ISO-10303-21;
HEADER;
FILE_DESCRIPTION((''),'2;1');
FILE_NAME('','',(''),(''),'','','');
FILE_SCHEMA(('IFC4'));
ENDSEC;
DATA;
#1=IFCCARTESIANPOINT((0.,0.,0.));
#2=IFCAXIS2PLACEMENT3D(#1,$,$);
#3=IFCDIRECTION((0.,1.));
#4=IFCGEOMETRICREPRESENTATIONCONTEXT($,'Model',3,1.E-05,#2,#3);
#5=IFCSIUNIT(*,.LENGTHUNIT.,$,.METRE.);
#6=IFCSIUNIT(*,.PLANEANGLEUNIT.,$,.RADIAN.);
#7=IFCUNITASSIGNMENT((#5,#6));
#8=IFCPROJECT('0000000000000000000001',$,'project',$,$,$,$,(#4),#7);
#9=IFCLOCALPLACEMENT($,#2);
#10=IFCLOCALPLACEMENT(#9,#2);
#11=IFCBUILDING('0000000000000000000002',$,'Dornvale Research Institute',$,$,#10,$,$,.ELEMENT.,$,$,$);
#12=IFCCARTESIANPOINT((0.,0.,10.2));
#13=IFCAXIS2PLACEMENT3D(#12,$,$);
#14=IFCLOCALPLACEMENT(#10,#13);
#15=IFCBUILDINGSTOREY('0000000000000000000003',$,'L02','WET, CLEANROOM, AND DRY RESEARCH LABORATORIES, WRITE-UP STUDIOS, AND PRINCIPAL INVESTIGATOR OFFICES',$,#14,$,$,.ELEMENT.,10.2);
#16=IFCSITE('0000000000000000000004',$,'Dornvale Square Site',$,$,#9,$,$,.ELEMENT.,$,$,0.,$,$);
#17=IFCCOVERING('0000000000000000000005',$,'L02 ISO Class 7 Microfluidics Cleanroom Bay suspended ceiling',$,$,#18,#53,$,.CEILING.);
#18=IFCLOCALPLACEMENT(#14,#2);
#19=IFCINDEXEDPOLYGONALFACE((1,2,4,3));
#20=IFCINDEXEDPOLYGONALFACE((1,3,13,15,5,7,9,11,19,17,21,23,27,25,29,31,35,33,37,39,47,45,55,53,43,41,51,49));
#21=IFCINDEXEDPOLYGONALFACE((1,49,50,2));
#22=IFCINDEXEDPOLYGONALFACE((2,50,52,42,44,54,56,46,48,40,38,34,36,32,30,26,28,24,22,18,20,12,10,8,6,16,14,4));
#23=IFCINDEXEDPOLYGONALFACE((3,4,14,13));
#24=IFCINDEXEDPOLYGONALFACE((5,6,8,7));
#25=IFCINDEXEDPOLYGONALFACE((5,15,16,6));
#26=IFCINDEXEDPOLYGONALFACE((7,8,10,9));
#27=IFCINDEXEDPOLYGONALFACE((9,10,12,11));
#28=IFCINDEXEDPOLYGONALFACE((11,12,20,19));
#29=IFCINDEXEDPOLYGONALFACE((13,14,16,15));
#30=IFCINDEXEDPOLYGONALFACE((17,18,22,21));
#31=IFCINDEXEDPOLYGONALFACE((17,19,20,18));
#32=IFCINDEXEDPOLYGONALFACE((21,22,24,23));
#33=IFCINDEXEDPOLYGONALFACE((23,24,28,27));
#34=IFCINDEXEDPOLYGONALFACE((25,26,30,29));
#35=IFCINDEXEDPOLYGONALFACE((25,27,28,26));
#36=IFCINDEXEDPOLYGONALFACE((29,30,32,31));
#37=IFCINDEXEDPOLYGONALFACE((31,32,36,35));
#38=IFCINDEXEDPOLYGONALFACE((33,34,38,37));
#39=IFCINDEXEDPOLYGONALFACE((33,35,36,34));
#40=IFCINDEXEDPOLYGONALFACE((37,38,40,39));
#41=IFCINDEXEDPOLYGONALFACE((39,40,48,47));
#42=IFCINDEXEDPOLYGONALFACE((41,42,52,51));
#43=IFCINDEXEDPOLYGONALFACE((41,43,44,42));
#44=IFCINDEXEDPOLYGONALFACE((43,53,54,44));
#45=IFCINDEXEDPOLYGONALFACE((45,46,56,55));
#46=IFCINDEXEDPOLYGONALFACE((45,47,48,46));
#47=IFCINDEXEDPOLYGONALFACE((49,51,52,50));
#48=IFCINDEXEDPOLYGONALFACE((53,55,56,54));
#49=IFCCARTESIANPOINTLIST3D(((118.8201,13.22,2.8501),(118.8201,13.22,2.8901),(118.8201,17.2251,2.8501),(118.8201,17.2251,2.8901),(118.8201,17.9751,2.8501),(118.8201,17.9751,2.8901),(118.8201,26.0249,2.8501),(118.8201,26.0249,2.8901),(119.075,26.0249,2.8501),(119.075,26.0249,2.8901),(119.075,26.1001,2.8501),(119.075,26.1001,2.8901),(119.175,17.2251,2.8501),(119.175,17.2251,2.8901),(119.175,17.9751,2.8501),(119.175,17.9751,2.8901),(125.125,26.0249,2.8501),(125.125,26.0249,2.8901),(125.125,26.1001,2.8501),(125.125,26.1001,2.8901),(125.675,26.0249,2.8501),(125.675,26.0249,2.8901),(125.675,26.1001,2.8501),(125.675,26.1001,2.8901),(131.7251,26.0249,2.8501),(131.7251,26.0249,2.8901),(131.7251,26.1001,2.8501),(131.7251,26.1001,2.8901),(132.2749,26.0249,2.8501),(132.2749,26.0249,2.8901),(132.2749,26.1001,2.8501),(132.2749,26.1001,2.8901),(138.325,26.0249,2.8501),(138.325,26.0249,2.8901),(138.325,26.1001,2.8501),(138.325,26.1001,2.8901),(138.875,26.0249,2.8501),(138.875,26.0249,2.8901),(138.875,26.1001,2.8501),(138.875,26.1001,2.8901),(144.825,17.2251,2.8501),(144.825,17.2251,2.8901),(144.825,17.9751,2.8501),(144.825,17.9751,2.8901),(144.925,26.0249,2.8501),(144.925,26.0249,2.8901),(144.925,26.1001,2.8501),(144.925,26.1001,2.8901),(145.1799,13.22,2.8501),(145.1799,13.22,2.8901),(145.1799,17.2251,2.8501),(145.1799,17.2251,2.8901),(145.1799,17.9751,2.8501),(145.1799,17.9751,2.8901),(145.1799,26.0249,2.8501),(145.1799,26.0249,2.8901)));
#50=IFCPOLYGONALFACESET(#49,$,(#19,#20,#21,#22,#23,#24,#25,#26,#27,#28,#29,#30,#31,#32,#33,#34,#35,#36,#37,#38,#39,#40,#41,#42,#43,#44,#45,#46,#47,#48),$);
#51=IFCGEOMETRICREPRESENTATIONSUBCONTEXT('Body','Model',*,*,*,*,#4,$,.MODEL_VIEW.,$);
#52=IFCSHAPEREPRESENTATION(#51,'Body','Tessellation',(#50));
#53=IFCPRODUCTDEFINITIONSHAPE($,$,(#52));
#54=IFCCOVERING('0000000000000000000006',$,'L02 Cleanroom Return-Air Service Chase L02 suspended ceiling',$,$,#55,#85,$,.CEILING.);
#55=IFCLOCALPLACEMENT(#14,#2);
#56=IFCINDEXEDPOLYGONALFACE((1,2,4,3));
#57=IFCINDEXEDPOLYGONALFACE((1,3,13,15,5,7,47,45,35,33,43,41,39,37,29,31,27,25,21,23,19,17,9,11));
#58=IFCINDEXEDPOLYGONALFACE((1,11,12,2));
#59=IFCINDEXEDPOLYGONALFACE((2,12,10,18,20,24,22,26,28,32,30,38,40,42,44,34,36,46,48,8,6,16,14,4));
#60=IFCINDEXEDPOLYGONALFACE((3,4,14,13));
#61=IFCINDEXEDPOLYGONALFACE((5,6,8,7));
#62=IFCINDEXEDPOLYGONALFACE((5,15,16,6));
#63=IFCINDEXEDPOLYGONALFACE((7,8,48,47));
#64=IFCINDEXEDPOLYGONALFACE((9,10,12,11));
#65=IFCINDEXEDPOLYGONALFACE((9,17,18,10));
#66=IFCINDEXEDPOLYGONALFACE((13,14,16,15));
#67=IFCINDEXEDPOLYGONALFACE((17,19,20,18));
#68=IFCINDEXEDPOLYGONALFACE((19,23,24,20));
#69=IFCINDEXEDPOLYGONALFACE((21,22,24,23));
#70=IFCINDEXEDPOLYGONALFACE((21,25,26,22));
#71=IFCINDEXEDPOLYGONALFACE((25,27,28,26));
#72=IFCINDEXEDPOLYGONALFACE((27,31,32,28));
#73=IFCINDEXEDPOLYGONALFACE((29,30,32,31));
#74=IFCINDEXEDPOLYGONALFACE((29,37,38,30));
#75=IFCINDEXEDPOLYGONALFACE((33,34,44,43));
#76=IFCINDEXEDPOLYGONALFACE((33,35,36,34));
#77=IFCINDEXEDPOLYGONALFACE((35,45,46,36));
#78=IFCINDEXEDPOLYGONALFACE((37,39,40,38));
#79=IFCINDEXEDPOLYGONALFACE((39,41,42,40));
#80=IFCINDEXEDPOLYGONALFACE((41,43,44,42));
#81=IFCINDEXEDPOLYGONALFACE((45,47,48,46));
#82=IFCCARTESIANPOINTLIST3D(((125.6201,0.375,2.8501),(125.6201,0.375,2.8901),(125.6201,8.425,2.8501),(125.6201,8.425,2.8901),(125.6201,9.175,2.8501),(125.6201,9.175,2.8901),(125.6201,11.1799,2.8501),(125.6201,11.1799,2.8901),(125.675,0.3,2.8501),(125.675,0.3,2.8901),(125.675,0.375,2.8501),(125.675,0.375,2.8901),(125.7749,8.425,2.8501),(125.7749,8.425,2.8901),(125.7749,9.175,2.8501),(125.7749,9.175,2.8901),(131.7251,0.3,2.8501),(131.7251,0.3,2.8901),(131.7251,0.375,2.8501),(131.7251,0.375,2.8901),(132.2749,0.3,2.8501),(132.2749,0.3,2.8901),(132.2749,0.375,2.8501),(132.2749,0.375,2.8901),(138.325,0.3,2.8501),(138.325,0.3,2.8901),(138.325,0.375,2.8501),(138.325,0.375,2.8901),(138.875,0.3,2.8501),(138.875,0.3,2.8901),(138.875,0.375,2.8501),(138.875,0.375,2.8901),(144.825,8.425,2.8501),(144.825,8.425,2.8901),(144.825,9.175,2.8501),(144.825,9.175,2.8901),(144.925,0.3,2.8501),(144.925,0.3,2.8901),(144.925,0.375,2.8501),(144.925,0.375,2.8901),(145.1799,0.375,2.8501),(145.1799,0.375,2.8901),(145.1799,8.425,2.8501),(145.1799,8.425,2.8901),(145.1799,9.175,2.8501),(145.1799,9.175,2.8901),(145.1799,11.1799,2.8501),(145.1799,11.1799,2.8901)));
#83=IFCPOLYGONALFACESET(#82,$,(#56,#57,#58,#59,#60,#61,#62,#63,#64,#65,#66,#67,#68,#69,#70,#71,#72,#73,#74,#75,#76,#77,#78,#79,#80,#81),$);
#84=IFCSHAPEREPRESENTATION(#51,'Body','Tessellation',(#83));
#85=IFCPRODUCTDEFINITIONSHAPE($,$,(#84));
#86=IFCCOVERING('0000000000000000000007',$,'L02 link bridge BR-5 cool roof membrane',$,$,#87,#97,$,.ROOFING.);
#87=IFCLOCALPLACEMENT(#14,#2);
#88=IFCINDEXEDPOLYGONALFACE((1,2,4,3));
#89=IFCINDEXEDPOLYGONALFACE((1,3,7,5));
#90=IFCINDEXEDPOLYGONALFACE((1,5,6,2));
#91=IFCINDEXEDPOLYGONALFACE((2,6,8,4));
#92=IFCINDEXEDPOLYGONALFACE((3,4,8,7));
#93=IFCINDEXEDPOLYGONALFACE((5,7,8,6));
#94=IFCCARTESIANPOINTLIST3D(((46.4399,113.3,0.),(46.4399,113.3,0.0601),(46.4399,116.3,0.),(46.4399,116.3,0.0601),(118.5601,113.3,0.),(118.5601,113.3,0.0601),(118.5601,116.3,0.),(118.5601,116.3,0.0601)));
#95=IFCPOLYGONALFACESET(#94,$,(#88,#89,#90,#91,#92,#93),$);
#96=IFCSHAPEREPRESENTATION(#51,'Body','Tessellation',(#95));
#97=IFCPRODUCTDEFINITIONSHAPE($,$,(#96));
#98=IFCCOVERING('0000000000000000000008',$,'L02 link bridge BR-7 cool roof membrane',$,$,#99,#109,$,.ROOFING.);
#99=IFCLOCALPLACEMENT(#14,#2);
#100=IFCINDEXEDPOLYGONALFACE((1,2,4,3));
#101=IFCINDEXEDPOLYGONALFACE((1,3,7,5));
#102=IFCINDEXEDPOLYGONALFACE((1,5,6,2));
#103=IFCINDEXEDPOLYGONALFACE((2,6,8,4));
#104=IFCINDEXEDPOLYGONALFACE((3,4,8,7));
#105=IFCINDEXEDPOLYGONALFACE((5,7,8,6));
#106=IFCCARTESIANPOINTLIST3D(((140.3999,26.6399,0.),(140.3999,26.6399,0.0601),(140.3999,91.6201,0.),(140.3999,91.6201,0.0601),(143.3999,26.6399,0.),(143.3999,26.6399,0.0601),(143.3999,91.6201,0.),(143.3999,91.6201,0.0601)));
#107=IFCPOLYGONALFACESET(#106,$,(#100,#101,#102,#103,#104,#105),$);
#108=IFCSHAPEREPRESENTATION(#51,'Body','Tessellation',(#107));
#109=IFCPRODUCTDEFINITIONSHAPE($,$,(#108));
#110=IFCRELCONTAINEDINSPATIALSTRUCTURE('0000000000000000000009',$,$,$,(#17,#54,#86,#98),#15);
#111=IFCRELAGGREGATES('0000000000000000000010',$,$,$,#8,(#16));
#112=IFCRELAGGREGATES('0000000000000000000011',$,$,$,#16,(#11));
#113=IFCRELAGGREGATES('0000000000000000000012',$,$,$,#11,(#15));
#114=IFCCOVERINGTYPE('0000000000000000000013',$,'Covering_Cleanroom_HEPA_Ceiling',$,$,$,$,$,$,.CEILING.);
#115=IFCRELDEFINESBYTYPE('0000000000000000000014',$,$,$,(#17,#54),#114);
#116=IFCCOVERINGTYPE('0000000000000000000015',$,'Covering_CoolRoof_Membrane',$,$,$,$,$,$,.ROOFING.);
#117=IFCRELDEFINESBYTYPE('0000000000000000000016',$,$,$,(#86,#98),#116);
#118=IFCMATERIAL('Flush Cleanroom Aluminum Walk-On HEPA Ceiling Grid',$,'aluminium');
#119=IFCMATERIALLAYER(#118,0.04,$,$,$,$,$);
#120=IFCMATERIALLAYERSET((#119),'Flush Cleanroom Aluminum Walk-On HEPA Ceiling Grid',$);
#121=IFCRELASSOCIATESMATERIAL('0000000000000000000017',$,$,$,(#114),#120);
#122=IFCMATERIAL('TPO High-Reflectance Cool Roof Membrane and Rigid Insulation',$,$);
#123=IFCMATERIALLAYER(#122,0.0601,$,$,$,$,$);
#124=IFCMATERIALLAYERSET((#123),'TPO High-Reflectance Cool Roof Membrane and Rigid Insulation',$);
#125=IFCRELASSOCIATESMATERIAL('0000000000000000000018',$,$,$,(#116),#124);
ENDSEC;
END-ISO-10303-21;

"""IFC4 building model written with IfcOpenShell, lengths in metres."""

from ifc_helpers import new_model, si_unit, direction, frame, origin, place, context, subcontext, project, spatial, polyline, outline, extrude, material, layer, layer_set, type_object, element, save


model = new_model("IFC4")

# Units and contexts
model_context = context("Model", 3, precision=1e-05, world=origin(), true_north=direction((0.0, 1.0)))
body_context = subcontext(model_context, "Body", "Model", "MODEL_VIEW")
ifc_project = project(units=[si_unit("LENGTHUNIT", "METRE"), si_unit("PLANEANGLEUNIT", "RADIAN")], contexts=[model_context])

# Site, building, storey
site_placement = place(None, origin())
site = spatial("IfcSite", under=ifc_project, at=site_placement, Name="Dornvale Square Site", CompositionType="ELEMENT", RefElevation=0.0)
building_placement = place(site_placement, origin())
building = spatial("IfcBuilding", under=site, at=building_placement, Name="Dornvale Research Institute", CompositionType="ELEMENT")
storey_placement = place(building_placement, frame((0.0, 0.0, 10.2)))
storey = spatial("IfcBuildingStorey", under=building, at=storey_placement, Name="L02", Description="WET, CLEANROOM, AND DRY RESEARCH LABORATORIES, WRITE-UP STUDIOS, AND PRINCIPAL INVESTIGATOR OFFICES", CompositionType="ELEMENT", Elevation=10.2)

# Coverings
ifc_material_1 = material(Name="Flush Cleanroom Aluminum Walk-On HEPA Ceiling Grid", Category="aluminium")
ifc_layer_1 = layer(ifc_material_1, 0.04)
ifc_layer_set_1 = layer_set([ifc_layer_1], Name="Flush Cleanroom Aluminum Walk-On HEPA Ceiling Grid")
covering_type_1 = type_object("IfcCoveringType", Name="Covering_Cleanroom_HEPA_Ceiling", PredefinedType="CEILING", material=ifc_layer_set_1)
covering_1_placement = place(storey_placement, frame((0.0, 0.0, 2.8501)))
element("IfcCovering", 1, at=covering_1_placement, inside=storey, type_object=covering_type_1, Name="L02 ISO Class 7 Microfluidics Cleanroom Bay suspended ceiling", PredefinedType="CEILING", context=body_context, shape_type="SweptSolid", body=[
    extrude(outline(polyline([(125.125, 26.1001), (125.125, 26.0249), (125.675, 26.0249), (125.675, 26.1001), (131.7251, 26.1001), (131.7251, 26.0249), (132.2749, 26.0249), (132.2749, 26.1001), (138.325, 26.1001), (138.325, 26.0249), (138.875, 26.0249), (138.875, 26.1001), (144.925, 26.1001), (144.925, 26.0249), (145.1799, 26.0249), (145.1799, 17.9751), (144.825, 17.9751), (144.825, 17.2251), (145.1799, 17.2251), (145.1799, 13.22), (118.8201, 13.22), (118.8201, 17.2251), (119.175, 17.2251), (119.175, 17.9751), (118.8201, 17.9751), (118.8201, 26.0249), (119.075, 26.0249), (119.075, 26.1001), (125.125, 26.1001)])), origin(), (0.0, 0.0, 1.0), 0.04),
])
covering_2_placement = place(storey_placement, frame((0.0, 0.0, 2.8501)))
element("IfcCovering", 2, at=covering_2_placement, inside=storey, type_object=covering_type_1, Name="L02 Cleanroom Return-Air Service Chase L02 suspended ceiling", PredefinedType="CEILING", context=body_context, shape_type="SweptSolid", body=[
    extrude(outline(polyline([(131.7251, 0.375), (131.7251, 0.3), (125.675, 0.3), (125.675, 0.375), (125.6201, 0.375), (125.6201, 8.425), (125.7749, 8.425), (125.7749, 9.175), (125.6201, 9.175), (125.6201, 11.1799), (145.1799, 11.1799), (145.1799, 9.175), (144.825, 9.175), (144.825, 8.425), (145.1799, 8.425), (145.1799, 0.375), (144.925, 0.375), (144.925, 0.3), (138.875, 0.3), (138.875, 0.375), (138.325, 0.375), (138.325, 0.3), (132.2749, 0.3), (132.2749, 0.375), (131.7251, 0.375)])), origin(), (0.0, 0.0, 1.0), 0.04),
])
ifc_material_2 = material(Name="TPO High-Reflectance Cool Roof Membrane and Rigid Insulation")
ifc_layer_2 = layer(ifc_material_2, 0.0601)
ifc_layer_set_2 = layer_set([ifc_layer_2], Name="TPO High-Reflectance Cool Roof Membrane and Rigid Insulation")
covering_type_2 = type_object("IfcCoveringType", Name="Covering_CoolRoof_Membrane", PredefinedType="ROOFING", material=ifc_layer_set_2)
covering_3_placement = place(storey_placement, origin())
element("IfcCovering", 3, at=covering_3_placement, inside=storey, type_object=covering_type_2, Name="L02 link bridge BR-5 cool roof membrane", PredefinedType="ROOFING", context=body_context, shape_type="SweptSolid", body=[
    extrude(outline(polyline([(46.4399, 113.3), (118.5601, 113.3), (118.5601, 116.3), (46.4399, 116.3), (46.4399, 113.3)])), origin(), (0.0, 0.0, 1.0), 0.0601),
])
covering_4_placement = place(storey_placement, origin())
element("IfcCovering", 4, at=covering_4_placement, inside=storey, type_object=covering_type_2, Name="L02 link bridge BR-7 cool roof membrane", PredefinedType="ROOFING", context=body_context, shape_type="SweptSolid", body=[
    extrude(outline(polyline([(140.3999, 26.6399), (143.3999, 26.6399), (143.3999, 91.6201), (140.3999, 91.6201), (140.3999, 26.6399)])), origin(), (0.0, 0.0, 1.0), 0.0601),
])

save(model, "model.ifc")
